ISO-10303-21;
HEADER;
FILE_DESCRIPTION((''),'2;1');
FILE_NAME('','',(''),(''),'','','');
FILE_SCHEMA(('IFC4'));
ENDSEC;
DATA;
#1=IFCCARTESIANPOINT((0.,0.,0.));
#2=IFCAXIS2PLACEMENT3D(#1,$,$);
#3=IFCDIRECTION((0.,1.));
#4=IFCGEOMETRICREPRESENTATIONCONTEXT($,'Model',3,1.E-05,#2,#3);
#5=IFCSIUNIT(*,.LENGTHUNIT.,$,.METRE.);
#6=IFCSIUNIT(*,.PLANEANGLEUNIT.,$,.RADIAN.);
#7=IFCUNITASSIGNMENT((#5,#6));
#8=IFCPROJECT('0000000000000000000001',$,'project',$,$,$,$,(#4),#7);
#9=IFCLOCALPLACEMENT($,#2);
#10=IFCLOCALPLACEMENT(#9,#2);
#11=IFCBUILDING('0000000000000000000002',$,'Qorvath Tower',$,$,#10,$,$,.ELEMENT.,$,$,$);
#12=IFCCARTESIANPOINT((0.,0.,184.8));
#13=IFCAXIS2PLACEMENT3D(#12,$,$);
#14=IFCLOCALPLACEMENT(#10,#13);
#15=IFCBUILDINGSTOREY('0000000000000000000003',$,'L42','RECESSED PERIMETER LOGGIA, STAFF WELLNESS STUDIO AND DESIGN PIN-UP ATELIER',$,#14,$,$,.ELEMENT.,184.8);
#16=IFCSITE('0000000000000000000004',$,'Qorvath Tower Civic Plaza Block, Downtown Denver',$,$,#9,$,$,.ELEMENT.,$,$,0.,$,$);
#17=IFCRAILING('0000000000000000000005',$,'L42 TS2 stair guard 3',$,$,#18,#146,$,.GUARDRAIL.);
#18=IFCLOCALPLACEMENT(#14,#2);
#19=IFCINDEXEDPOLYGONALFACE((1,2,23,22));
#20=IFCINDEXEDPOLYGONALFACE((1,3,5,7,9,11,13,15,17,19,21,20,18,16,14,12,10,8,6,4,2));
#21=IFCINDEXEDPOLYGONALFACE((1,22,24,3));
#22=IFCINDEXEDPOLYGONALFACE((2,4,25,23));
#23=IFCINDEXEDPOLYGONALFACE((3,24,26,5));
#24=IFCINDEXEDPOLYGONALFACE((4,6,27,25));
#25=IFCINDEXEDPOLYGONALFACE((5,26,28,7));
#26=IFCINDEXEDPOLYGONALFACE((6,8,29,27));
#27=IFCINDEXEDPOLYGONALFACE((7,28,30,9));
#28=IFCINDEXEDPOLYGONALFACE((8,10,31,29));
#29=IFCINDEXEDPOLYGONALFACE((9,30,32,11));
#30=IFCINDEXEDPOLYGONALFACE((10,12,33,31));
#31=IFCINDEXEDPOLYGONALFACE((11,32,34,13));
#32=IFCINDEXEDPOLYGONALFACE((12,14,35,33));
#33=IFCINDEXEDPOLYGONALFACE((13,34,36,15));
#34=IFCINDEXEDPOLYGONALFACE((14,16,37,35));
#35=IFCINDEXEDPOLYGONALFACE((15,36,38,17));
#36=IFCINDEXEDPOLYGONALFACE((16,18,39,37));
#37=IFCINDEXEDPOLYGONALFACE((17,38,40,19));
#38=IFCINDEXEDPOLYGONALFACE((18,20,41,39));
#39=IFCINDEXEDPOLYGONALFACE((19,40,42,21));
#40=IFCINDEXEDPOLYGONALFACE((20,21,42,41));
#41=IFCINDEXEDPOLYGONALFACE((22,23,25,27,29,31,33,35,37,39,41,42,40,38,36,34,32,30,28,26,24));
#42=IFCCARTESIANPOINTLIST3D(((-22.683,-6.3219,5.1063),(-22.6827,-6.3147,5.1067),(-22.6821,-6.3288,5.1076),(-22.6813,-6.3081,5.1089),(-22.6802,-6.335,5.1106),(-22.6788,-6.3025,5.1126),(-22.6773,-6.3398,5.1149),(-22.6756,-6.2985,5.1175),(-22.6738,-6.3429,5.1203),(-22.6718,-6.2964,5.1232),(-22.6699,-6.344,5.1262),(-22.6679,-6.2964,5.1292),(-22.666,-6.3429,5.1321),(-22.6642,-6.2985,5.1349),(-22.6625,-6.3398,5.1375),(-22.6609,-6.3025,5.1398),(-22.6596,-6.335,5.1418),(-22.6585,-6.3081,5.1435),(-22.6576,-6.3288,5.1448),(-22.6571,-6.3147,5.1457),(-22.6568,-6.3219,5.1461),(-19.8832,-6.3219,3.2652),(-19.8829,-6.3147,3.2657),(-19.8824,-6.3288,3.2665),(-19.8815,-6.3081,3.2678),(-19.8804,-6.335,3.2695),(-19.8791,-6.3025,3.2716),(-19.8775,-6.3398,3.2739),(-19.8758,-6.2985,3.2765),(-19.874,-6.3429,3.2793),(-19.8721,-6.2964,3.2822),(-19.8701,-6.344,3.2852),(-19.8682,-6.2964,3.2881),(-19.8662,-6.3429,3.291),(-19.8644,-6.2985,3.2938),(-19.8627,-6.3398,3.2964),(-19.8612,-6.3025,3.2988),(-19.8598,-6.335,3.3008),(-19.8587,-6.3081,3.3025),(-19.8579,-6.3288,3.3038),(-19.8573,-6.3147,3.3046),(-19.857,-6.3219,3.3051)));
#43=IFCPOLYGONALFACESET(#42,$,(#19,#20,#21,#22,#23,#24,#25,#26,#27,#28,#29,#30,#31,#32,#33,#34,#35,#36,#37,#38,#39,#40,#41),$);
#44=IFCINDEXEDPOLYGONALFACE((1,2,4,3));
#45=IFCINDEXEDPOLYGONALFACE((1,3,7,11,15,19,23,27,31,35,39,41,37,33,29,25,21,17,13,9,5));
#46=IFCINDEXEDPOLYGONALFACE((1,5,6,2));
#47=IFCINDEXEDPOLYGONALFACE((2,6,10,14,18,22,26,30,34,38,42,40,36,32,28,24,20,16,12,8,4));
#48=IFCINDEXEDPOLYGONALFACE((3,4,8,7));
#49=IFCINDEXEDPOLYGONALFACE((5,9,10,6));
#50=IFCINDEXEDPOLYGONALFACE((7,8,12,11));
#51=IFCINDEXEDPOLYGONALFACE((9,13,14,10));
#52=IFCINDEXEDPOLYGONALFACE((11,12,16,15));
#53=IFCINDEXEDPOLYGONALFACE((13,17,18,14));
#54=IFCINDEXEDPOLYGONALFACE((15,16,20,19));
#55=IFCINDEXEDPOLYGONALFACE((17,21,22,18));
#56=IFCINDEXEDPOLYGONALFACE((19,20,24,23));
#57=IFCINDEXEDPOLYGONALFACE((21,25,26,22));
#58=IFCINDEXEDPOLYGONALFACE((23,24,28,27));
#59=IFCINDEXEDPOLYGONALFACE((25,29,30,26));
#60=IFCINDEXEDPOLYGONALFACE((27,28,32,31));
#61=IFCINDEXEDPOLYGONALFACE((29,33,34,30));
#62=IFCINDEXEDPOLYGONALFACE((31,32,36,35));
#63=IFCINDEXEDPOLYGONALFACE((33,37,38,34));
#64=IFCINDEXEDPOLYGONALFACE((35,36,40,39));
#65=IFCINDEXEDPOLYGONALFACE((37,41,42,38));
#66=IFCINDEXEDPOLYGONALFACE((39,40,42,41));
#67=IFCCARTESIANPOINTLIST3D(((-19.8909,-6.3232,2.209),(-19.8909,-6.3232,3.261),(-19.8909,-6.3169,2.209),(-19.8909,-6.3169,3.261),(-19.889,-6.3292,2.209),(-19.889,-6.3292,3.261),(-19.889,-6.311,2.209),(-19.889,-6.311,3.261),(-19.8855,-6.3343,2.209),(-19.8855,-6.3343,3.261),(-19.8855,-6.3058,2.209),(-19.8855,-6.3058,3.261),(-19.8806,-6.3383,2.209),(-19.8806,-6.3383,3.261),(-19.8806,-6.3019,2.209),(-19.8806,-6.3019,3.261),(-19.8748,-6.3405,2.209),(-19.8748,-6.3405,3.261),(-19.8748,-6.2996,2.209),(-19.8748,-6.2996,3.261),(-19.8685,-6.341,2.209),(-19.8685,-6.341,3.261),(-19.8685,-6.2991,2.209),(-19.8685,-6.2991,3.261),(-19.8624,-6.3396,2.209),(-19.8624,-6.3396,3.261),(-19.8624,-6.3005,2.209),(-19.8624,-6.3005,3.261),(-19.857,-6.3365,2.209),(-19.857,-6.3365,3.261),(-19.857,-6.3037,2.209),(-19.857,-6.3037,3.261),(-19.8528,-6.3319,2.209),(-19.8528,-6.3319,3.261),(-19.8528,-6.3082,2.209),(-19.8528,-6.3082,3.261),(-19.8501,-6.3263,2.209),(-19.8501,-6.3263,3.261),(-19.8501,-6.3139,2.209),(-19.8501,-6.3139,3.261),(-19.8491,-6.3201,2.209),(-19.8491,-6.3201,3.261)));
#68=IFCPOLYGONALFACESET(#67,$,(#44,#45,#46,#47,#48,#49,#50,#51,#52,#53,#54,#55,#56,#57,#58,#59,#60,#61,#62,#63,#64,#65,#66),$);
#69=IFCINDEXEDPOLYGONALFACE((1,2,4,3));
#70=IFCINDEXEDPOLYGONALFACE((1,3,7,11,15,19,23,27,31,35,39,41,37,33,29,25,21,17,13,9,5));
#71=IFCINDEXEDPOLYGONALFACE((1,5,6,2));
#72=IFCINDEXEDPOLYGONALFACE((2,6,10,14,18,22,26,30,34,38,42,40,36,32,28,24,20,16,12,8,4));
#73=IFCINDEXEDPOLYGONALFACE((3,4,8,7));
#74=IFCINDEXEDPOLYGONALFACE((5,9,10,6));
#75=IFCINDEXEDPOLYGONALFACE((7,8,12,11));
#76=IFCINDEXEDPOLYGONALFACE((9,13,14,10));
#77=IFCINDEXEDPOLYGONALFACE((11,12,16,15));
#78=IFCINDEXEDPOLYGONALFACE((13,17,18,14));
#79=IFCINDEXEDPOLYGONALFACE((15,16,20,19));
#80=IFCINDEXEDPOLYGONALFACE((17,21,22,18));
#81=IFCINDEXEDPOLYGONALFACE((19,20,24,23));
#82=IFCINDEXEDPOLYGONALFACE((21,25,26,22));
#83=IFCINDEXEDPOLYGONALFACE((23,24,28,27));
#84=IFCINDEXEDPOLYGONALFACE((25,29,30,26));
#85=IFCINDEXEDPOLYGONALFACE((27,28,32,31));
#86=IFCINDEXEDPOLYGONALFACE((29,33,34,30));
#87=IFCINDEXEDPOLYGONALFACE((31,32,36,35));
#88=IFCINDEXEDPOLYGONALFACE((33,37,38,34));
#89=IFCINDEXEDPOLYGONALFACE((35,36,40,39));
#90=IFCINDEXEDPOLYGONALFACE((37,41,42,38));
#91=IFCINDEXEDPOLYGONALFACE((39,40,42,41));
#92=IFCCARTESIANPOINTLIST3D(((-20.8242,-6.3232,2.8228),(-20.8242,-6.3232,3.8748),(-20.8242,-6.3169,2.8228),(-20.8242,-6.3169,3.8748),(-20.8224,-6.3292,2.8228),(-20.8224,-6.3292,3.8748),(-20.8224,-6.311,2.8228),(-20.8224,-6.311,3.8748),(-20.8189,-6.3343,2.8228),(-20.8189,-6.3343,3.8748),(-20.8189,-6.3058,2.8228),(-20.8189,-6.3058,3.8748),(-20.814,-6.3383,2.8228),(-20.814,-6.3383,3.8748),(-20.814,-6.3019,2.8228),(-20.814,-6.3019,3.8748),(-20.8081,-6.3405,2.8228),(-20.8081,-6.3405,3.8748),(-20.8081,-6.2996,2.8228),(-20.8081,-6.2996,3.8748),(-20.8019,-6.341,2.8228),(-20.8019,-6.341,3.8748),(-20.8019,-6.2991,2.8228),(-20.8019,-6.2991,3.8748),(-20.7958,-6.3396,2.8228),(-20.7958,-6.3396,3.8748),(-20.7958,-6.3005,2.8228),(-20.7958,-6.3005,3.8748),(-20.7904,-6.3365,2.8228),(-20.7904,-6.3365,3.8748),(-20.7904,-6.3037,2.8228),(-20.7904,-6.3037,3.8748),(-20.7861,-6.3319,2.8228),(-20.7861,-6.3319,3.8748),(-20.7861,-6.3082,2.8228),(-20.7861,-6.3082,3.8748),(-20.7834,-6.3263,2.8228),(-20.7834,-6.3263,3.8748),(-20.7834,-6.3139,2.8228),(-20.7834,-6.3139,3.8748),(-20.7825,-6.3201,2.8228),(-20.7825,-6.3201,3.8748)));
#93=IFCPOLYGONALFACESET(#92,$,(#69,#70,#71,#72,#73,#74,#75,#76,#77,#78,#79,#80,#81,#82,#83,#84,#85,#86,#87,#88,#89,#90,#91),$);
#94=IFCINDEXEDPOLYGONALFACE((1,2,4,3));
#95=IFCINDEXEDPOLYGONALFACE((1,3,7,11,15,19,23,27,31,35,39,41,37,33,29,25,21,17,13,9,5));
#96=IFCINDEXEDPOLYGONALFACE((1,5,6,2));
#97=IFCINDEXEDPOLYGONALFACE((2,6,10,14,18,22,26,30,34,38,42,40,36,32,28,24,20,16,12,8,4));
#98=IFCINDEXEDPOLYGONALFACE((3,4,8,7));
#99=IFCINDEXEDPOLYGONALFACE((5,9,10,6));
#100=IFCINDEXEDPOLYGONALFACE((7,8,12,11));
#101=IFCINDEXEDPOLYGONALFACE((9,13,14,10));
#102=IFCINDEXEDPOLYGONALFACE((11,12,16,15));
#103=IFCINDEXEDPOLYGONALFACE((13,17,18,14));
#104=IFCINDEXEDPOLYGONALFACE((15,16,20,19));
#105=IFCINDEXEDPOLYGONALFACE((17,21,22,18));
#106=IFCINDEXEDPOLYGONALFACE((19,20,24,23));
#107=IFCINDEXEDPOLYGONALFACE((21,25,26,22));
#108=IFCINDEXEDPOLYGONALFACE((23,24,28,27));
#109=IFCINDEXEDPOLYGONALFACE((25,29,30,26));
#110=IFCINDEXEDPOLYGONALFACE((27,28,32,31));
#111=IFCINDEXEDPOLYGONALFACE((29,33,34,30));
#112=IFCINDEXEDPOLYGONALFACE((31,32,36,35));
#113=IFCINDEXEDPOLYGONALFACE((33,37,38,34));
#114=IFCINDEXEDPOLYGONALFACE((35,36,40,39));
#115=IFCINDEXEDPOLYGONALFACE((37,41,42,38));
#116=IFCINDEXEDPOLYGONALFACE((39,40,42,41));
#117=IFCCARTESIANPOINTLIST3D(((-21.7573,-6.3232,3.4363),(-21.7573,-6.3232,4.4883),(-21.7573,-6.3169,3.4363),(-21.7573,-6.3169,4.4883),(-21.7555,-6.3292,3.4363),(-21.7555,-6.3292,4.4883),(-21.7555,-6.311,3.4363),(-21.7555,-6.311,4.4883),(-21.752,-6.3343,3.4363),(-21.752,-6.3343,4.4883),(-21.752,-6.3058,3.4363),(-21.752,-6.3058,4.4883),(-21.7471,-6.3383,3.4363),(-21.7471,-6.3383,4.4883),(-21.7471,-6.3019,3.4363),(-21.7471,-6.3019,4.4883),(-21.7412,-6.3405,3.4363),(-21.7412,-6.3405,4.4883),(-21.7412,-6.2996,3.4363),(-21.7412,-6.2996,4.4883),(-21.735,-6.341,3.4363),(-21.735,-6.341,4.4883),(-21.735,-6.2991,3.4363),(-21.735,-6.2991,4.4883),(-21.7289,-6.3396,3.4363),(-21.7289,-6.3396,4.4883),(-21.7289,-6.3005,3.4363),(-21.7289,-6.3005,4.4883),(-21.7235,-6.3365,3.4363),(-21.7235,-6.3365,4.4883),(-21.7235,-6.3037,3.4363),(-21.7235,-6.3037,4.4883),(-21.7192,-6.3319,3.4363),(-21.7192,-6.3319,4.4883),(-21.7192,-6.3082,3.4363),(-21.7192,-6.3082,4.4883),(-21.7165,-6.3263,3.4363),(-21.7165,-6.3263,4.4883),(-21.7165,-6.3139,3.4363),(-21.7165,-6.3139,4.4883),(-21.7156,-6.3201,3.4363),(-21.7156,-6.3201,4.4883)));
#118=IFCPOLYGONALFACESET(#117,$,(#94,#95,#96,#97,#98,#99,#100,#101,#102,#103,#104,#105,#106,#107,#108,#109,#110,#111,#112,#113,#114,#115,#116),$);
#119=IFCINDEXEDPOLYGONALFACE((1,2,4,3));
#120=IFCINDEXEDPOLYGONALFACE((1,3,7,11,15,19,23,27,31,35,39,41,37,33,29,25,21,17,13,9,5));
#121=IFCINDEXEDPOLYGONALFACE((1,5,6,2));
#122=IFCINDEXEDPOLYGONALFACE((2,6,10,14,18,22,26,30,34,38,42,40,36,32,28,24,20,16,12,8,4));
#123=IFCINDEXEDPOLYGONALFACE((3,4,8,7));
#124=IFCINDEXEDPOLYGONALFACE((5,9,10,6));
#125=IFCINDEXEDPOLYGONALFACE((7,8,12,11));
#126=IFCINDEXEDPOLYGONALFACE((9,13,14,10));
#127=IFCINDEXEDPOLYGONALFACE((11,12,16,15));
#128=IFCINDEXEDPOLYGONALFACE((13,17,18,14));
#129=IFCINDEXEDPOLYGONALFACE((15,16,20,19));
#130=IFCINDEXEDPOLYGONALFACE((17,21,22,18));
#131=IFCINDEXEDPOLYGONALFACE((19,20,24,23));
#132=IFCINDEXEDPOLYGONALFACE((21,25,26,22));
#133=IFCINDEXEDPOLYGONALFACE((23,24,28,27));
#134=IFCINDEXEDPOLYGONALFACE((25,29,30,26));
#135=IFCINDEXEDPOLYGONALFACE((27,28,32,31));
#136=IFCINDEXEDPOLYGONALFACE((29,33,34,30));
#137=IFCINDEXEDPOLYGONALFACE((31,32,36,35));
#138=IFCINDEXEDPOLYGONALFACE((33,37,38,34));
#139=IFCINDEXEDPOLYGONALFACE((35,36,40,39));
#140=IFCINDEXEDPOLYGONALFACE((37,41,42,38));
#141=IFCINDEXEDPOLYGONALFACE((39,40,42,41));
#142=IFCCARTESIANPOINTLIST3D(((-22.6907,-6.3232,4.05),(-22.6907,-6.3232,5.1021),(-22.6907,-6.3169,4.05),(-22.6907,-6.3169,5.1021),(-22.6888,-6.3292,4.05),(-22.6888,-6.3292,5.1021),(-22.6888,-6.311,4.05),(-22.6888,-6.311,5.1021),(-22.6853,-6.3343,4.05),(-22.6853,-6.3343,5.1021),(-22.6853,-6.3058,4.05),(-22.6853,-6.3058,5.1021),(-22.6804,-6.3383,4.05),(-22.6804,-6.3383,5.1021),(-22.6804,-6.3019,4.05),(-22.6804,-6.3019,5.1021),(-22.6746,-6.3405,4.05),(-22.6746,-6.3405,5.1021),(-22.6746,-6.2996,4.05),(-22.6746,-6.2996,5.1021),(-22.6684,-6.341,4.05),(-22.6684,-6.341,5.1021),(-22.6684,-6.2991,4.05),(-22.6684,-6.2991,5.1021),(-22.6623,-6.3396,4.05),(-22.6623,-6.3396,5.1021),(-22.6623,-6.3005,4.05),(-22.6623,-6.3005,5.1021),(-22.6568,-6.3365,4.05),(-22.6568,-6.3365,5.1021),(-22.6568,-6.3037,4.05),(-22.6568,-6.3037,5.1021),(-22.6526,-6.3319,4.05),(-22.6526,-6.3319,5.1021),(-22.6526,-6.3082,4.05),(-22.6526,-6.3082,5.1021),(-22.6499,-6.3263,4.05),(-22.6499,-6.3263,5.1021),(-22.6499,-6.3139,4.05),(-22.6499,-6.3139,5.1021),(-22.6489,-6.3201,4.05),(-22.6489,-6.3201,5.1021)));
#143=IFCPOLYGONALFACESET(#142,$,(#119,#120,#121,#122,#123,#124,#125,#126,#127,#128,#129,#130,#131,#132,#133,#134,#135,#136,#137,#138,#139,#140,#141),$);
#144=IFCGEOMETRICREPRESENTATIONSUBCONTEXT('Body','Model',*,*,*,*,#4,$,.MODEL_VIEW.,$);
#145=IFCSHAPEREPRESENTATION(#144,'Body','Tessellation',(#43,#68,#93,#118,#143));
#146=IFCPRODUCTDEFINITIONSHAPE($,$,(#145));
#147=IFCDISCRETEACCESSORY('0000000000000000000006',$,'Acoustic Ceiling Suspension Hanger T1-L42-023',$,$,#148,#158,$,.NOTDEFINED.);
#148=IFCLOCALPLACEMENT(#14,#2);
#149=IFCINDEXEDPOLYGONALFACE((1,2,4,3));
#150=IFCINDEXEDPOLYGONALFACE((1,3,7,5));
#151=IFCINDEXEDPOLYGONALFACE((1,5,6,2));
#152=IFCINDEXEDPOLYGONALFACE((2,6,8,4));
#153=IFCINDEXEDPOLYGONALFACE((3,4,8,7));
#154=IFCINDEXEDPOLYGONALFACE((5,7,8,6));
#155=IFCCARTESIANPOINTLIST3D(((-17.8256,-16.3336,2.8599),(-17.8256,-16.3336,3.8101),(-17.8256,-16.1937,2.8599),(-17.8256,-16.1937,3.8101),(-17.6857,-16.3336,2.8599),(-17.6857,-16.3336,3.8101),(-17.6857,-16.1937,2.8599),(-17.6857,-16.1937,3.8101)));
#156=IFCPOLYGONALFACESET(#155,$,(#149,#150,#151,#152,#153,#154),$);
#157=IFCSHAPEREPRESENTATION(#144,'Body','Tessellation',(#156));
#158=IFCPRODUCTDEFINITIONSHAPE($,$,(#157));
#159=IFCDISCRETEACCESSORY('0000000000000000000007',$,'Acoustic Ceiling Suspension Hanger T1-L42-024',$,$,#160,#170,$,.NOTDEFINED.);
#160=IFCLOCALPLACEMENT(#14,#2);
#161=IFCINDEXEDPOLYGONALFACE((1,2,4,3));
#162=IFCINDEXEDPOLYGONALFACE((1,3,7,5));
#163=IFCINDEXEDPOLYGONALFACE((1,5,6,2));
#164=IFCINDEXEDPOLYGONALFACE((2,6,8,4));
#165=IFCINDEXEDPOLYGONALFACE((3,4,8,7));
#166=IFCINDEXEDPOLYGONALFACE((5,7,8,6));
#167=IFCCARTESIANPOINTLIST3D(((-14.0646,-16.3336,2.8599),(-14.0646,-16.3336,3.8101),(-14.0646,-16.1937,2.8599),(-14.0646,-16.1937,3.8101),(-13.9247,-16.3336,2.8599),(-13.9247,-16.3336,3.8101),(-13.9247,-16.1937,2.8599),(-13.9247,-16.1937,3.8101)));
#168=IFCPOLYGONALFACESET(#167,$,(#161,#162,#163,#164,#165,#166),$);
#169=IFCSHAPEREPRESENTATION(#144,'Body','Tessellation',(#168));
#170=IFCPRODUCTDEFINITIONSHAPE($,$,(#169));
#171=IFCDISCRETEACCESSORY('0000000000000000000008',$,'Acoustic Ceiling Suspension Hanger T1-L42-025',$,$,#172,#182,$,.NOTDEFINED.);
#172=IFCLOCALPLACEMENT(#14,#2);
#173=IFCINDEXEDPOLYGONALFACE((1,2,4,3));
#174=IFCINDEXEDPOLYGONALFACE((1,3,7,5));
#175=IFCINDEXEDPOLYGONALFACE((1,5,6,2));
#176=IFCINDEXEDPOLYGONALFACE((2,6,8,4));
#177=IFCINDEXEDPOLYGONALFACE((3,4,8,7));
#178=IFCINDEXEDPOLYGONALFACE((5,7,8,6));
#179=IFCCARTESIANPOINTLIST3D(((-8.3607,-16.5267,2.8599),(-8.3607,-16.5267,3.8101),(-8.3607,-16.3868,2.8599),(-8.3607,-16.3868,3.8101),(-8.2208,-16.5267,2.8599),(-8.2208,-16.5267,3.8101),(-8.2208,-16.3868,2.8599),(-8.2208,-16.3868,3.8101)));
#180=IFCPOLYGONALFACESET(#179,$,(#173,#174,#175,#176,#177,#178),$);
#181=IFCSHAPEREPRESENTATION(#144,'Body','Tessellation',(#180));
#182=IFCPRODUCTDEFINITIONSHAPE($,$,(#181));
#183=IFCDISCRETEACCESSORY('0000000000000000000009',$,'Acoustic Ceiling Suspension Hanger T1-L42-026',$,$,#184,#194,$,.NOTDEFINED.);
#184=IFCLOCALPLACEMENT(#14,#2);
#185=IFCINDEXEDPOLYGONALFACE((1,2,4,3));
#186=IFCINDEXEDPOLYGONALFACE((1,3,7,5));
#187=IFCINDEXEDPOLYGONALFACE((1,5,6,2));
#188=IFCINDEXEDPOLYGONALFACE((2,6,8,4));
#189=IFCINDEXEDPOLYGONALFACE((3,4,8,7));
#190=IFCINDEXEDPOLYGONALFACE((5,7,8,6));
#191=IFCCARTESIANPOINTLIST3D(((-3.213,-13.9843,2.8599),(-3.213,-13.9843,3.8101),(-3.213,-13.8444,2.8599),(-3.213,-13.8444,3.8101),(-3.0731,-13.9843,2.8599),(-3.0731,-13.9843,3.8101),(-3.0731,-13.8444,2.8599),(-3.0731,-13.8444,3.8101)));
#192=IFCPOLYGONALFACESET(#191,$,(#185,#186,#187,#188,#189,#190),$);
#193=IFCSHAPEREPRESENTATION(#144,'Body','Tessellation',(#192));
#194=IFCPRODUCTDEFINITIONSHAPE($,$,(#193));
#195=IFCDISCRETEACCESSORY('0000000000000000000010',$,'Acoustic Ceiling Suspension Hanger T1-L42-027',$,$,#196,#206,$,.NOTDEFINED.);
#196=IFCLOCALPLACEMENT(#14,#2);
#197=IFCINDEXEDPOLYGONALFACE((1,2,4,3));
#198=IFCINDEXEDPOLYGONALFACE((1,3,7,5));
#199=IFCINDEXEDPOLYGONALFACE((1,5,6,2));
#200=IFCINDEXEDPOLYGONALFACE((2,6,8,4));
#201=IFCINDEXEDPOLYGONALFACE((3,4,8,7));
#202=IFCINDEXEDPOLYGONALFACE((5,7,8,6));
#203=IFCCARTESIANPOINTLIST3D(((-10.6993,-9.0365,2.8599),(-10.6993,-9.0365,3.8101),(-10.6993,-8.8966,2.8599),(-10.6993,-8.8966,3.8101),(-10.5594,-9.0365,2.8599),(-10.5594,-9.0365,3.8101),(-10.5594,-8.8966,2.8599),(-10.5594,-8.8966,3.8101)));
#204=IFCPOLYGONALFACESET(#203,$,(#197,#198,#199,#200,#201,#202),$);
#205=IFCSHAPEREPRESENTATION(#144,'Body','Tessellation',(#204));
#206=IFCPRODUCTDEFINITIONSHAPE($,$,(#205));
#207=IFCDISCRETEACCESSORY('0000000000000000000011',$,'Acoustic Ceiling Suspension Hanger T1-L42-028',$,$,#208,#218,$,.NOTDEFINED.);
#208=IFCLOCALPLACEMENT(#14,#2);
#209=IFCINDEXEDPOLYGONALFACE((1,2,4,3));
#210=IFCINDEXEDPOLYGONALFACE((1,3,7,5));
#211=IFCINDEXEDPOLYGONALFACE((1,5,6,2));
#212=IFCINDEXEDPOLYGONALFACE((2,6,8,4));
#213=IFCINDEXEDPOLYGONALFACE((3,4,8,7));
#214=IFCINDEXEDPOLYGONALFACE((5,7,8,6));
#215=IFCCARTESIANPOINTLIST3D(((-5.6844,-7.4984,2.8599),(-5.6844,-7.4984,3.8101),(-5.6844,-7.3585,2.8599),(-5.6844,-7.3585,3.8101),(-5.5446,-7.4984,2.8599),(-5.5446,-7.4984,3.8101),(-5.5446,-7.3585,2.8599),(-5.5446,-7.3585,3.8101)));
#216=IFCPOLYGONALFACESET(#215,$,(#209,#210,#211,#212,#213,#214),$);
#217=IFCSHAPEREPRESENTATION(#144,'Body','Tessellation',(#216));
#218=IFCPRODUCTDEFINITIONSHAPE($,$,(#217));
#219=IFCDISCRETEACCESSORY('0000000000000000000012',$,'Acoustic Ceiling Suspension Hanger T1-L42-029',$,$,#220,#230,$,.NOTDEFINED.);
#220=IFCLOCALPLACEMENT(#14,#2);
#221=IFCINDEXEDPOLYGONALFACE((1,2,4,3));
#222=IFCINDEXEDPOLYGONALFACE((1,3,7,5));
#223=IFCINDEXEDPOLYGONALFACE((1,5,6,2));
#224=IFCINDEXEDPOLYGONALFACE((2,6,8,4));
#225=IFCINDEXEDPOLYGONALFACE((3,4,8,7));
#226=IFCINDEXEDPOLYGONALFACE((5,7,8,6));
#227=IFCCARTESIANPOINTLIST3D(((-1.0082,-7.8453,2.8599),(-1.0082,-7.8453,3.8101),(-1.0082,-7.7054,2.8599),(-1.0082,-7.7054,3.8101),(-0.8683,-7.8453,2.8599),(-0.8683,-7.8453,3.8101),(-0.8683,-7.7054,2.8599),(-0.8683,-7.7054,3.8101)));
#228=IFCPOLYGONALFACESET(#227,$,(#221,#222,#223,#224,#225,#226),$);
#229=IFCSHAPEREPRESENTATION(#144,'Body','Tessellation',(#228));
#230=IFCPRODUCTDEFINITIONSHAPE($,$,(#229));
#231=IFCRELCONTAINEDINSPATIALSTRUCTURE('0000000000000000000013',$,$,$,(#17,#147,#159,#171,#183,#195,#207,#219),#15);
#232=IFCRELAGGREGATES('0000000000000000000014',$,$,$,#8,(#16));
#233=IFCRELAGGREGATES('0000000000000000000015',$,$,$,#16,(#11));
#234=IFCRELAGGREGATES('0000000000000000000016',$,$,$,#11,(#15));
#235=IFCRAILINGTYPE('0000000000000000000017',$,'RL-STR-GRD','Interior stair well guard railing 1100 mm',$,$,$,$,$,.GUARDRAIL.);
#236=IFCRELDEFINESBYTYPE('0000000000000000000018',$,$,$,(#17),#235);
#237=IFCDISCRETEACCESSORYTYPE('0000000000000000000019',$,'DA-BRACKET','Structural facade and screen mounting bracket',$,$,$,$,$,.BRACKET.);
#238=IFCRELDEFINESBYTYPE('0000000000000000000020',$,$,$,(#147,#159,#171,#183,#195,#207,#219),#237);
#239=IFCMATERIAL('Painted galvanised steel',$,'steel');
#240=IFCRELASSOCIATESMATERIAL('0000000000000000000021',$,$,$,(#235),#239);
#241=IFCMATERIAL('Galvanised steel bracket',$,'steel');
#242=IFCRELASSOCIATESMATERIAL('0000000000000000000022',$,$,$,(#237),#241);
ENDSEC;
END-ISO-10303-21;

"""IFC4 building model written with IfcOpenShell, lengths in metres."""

from ifc_helpers import new_model, si_unit, direction, frame, origin, origin_2d, place, context, subcontext, project, spatial, rectangle, circle, extrude, material, type_object, element, save


model = new_model("IFC4")

# Units and contexts
model_context = context("Model", 3, precision=1e-05, world=origin(), true_north=direction((0.0, 1.0)))
body_context = subcontext(model_context, "Body", "Model", "MODEL_VIEW")
ifc_project = project(units=[si_unit("LENGTHUNIT", "METRE"), si_unit("PLANEANGLEUNIT", "RADIAN")], contexts=[model_context])

# Site, building, storey
site_placement = place(None, origin())
site = spatial("IfcSite", under=ifc_project, at=site_placement, Name="Qorvath Tower Civic Plaza Block, Downtown Denver", CompositionType="ELEMENT", RefElevation=0.0)
building_placement = place(site_placement, origin())
building = spatial("IfcBuilding", under=site, at=building_placement, Name="Qorvath Tower", CompositionType="ELEMENT")
storey_placement = place(building_placement, frame((0.0, 0.0, 184.8)))
storey = spatial("IfcBuildingStorey", under=building, at=storey_placement, Name="L42", Description="RECESSED PERIMETER LOGGIA, STAFF WELLNESS STUDIO AND DESIGN PIN-UP ATELIER", CompositionType="ELEMENT", Elevation=184.8)

# Railing
ifc_material_1 = material(Name="Painted galvanised steel", Category="steel")
railing_type = type_object("IfcRailingType", Name="RL-STR-GRD", Description="Interior stair well guard railing 1100 mm", PredefinedType="GUARDRAIL", material=ifc_material_1)
railing_1_placement = place(storey_placement, frame((-19.8701, -6.3201, 2.209)))
element("IfcRailing", 1, at=railing_1_placement, inside=storey, type_object=railing_type, Name="L42 TS2 stair guard 3", PredefinedType="GUARDRAIL", context=body_context, shape_type="SweptSolid", body=[
    extrude(circle(Radius=0.0239, at=origin_2d()), frame((0.0, 0.0, 1.0762), z_axis=(-0.835542, 0.0, 0.549426), x_axis=(0.0, -1.0, 0.0)), (0.0, 0.0, 1.0), 3.3508),
    extrude(circle(Radius=0.021, at=origin_2d()), origin(), (0.0, 0.0, 1.0), 1.052),
    extrude(circle(Radius=0.021, at=origin_2d()), frame((-0.9333, 0.0, 0.6138)), (0.0, 0.0, 1.0), 1.052),
    extrude(circle(Radius=0.021, at=origin_2d()), frame((-1.8665, 0.0, 1.2273)), (0.0, 0.0, 1.0), 1.052),
    extrude(circle(Radius=0.021, at=origin_2d()), frame((-2.7998, 0.0, 1.8411)), (0.0, 0.0, 1.0), 1.052),
])

# Discrete accessories
ifc_material_2 = material(Name="Galvanised steel bracket", Category="steel")
discrete_accessory_type = type_object("IfcDiscreteAccessoryType", Name="DA-BRACKET", Description="Structural facade and screen mounting bracket", PredefinedType="BRACKET", material=ifc_material_2)
for number, where, z_axis, x_axis, name in (
    (2, (-17.7556, -16.2637, 2.8599), (0.0, 0.0, 1.0), (1.0, 0.0, 0.0), "Acoustic Ceiling Suspension Hanger T1-L42-023"),
    (3, (-13.9946, -16.2637, 2.8599), (0.0, 0.0, 1.0), (1.0, 0.0, 0.0), "Acoustic Ceiling Suspension Hanger T1-L42-024"),
    (4, (-8.2908, -16.4568, 2.8599), (0.0, 0.0, 1.0), (1.0, 0.0, 0.0), "Acoustic Ceiling Suspension Hanger T1-L42-025"),
    (5, (-3.1431, -13.9143, 2.8599), (0.0, 0.0, 1.0), (1.0, 0.0, 0.0), "Acoustic Ceiling Suspension Hanger T1-L42-026"),
    (6, (-10.6294, -8.9666, 2.8599), (0.0, 0.0, 1.0), (1.0, 0.0, 0.0), "Acoustic Ceiling Suspension Hanger T1-L42-027"),
    (7, (-5.6145, -7.4285, 2.8599), (0.0, 0.0, 1.0), (1.0, 0.0, 0.0), "Acoustic Ceiling Suspension Hanger T1-L42-028"),
    (8, (-0.9382, -7.7754, 2.8599), (0.0, 0.0, 1.0), (1.0, 0.0, 0.0), "Acoustic Ceiling Suspension Hanger T1-L42-029"),
):
    element("IfcDiscreteAccessory", number, at=place(storey_placement, frame(where, z_axis=z_axis, x_axis=x_axis)), inside=storey, type_object=discrete_accessory_type, Name=name, PredefinedType="NOTDEFINED", context=body_context, shape_type="SweptSolid", body=[
        extrude(rectangle(XDim=0.1399, YDim=0.1399, at=origin_2d()), origin(), (0.0, 0.0, 1.0), 0.9502),
    ])

save(model, "model.ifc")
